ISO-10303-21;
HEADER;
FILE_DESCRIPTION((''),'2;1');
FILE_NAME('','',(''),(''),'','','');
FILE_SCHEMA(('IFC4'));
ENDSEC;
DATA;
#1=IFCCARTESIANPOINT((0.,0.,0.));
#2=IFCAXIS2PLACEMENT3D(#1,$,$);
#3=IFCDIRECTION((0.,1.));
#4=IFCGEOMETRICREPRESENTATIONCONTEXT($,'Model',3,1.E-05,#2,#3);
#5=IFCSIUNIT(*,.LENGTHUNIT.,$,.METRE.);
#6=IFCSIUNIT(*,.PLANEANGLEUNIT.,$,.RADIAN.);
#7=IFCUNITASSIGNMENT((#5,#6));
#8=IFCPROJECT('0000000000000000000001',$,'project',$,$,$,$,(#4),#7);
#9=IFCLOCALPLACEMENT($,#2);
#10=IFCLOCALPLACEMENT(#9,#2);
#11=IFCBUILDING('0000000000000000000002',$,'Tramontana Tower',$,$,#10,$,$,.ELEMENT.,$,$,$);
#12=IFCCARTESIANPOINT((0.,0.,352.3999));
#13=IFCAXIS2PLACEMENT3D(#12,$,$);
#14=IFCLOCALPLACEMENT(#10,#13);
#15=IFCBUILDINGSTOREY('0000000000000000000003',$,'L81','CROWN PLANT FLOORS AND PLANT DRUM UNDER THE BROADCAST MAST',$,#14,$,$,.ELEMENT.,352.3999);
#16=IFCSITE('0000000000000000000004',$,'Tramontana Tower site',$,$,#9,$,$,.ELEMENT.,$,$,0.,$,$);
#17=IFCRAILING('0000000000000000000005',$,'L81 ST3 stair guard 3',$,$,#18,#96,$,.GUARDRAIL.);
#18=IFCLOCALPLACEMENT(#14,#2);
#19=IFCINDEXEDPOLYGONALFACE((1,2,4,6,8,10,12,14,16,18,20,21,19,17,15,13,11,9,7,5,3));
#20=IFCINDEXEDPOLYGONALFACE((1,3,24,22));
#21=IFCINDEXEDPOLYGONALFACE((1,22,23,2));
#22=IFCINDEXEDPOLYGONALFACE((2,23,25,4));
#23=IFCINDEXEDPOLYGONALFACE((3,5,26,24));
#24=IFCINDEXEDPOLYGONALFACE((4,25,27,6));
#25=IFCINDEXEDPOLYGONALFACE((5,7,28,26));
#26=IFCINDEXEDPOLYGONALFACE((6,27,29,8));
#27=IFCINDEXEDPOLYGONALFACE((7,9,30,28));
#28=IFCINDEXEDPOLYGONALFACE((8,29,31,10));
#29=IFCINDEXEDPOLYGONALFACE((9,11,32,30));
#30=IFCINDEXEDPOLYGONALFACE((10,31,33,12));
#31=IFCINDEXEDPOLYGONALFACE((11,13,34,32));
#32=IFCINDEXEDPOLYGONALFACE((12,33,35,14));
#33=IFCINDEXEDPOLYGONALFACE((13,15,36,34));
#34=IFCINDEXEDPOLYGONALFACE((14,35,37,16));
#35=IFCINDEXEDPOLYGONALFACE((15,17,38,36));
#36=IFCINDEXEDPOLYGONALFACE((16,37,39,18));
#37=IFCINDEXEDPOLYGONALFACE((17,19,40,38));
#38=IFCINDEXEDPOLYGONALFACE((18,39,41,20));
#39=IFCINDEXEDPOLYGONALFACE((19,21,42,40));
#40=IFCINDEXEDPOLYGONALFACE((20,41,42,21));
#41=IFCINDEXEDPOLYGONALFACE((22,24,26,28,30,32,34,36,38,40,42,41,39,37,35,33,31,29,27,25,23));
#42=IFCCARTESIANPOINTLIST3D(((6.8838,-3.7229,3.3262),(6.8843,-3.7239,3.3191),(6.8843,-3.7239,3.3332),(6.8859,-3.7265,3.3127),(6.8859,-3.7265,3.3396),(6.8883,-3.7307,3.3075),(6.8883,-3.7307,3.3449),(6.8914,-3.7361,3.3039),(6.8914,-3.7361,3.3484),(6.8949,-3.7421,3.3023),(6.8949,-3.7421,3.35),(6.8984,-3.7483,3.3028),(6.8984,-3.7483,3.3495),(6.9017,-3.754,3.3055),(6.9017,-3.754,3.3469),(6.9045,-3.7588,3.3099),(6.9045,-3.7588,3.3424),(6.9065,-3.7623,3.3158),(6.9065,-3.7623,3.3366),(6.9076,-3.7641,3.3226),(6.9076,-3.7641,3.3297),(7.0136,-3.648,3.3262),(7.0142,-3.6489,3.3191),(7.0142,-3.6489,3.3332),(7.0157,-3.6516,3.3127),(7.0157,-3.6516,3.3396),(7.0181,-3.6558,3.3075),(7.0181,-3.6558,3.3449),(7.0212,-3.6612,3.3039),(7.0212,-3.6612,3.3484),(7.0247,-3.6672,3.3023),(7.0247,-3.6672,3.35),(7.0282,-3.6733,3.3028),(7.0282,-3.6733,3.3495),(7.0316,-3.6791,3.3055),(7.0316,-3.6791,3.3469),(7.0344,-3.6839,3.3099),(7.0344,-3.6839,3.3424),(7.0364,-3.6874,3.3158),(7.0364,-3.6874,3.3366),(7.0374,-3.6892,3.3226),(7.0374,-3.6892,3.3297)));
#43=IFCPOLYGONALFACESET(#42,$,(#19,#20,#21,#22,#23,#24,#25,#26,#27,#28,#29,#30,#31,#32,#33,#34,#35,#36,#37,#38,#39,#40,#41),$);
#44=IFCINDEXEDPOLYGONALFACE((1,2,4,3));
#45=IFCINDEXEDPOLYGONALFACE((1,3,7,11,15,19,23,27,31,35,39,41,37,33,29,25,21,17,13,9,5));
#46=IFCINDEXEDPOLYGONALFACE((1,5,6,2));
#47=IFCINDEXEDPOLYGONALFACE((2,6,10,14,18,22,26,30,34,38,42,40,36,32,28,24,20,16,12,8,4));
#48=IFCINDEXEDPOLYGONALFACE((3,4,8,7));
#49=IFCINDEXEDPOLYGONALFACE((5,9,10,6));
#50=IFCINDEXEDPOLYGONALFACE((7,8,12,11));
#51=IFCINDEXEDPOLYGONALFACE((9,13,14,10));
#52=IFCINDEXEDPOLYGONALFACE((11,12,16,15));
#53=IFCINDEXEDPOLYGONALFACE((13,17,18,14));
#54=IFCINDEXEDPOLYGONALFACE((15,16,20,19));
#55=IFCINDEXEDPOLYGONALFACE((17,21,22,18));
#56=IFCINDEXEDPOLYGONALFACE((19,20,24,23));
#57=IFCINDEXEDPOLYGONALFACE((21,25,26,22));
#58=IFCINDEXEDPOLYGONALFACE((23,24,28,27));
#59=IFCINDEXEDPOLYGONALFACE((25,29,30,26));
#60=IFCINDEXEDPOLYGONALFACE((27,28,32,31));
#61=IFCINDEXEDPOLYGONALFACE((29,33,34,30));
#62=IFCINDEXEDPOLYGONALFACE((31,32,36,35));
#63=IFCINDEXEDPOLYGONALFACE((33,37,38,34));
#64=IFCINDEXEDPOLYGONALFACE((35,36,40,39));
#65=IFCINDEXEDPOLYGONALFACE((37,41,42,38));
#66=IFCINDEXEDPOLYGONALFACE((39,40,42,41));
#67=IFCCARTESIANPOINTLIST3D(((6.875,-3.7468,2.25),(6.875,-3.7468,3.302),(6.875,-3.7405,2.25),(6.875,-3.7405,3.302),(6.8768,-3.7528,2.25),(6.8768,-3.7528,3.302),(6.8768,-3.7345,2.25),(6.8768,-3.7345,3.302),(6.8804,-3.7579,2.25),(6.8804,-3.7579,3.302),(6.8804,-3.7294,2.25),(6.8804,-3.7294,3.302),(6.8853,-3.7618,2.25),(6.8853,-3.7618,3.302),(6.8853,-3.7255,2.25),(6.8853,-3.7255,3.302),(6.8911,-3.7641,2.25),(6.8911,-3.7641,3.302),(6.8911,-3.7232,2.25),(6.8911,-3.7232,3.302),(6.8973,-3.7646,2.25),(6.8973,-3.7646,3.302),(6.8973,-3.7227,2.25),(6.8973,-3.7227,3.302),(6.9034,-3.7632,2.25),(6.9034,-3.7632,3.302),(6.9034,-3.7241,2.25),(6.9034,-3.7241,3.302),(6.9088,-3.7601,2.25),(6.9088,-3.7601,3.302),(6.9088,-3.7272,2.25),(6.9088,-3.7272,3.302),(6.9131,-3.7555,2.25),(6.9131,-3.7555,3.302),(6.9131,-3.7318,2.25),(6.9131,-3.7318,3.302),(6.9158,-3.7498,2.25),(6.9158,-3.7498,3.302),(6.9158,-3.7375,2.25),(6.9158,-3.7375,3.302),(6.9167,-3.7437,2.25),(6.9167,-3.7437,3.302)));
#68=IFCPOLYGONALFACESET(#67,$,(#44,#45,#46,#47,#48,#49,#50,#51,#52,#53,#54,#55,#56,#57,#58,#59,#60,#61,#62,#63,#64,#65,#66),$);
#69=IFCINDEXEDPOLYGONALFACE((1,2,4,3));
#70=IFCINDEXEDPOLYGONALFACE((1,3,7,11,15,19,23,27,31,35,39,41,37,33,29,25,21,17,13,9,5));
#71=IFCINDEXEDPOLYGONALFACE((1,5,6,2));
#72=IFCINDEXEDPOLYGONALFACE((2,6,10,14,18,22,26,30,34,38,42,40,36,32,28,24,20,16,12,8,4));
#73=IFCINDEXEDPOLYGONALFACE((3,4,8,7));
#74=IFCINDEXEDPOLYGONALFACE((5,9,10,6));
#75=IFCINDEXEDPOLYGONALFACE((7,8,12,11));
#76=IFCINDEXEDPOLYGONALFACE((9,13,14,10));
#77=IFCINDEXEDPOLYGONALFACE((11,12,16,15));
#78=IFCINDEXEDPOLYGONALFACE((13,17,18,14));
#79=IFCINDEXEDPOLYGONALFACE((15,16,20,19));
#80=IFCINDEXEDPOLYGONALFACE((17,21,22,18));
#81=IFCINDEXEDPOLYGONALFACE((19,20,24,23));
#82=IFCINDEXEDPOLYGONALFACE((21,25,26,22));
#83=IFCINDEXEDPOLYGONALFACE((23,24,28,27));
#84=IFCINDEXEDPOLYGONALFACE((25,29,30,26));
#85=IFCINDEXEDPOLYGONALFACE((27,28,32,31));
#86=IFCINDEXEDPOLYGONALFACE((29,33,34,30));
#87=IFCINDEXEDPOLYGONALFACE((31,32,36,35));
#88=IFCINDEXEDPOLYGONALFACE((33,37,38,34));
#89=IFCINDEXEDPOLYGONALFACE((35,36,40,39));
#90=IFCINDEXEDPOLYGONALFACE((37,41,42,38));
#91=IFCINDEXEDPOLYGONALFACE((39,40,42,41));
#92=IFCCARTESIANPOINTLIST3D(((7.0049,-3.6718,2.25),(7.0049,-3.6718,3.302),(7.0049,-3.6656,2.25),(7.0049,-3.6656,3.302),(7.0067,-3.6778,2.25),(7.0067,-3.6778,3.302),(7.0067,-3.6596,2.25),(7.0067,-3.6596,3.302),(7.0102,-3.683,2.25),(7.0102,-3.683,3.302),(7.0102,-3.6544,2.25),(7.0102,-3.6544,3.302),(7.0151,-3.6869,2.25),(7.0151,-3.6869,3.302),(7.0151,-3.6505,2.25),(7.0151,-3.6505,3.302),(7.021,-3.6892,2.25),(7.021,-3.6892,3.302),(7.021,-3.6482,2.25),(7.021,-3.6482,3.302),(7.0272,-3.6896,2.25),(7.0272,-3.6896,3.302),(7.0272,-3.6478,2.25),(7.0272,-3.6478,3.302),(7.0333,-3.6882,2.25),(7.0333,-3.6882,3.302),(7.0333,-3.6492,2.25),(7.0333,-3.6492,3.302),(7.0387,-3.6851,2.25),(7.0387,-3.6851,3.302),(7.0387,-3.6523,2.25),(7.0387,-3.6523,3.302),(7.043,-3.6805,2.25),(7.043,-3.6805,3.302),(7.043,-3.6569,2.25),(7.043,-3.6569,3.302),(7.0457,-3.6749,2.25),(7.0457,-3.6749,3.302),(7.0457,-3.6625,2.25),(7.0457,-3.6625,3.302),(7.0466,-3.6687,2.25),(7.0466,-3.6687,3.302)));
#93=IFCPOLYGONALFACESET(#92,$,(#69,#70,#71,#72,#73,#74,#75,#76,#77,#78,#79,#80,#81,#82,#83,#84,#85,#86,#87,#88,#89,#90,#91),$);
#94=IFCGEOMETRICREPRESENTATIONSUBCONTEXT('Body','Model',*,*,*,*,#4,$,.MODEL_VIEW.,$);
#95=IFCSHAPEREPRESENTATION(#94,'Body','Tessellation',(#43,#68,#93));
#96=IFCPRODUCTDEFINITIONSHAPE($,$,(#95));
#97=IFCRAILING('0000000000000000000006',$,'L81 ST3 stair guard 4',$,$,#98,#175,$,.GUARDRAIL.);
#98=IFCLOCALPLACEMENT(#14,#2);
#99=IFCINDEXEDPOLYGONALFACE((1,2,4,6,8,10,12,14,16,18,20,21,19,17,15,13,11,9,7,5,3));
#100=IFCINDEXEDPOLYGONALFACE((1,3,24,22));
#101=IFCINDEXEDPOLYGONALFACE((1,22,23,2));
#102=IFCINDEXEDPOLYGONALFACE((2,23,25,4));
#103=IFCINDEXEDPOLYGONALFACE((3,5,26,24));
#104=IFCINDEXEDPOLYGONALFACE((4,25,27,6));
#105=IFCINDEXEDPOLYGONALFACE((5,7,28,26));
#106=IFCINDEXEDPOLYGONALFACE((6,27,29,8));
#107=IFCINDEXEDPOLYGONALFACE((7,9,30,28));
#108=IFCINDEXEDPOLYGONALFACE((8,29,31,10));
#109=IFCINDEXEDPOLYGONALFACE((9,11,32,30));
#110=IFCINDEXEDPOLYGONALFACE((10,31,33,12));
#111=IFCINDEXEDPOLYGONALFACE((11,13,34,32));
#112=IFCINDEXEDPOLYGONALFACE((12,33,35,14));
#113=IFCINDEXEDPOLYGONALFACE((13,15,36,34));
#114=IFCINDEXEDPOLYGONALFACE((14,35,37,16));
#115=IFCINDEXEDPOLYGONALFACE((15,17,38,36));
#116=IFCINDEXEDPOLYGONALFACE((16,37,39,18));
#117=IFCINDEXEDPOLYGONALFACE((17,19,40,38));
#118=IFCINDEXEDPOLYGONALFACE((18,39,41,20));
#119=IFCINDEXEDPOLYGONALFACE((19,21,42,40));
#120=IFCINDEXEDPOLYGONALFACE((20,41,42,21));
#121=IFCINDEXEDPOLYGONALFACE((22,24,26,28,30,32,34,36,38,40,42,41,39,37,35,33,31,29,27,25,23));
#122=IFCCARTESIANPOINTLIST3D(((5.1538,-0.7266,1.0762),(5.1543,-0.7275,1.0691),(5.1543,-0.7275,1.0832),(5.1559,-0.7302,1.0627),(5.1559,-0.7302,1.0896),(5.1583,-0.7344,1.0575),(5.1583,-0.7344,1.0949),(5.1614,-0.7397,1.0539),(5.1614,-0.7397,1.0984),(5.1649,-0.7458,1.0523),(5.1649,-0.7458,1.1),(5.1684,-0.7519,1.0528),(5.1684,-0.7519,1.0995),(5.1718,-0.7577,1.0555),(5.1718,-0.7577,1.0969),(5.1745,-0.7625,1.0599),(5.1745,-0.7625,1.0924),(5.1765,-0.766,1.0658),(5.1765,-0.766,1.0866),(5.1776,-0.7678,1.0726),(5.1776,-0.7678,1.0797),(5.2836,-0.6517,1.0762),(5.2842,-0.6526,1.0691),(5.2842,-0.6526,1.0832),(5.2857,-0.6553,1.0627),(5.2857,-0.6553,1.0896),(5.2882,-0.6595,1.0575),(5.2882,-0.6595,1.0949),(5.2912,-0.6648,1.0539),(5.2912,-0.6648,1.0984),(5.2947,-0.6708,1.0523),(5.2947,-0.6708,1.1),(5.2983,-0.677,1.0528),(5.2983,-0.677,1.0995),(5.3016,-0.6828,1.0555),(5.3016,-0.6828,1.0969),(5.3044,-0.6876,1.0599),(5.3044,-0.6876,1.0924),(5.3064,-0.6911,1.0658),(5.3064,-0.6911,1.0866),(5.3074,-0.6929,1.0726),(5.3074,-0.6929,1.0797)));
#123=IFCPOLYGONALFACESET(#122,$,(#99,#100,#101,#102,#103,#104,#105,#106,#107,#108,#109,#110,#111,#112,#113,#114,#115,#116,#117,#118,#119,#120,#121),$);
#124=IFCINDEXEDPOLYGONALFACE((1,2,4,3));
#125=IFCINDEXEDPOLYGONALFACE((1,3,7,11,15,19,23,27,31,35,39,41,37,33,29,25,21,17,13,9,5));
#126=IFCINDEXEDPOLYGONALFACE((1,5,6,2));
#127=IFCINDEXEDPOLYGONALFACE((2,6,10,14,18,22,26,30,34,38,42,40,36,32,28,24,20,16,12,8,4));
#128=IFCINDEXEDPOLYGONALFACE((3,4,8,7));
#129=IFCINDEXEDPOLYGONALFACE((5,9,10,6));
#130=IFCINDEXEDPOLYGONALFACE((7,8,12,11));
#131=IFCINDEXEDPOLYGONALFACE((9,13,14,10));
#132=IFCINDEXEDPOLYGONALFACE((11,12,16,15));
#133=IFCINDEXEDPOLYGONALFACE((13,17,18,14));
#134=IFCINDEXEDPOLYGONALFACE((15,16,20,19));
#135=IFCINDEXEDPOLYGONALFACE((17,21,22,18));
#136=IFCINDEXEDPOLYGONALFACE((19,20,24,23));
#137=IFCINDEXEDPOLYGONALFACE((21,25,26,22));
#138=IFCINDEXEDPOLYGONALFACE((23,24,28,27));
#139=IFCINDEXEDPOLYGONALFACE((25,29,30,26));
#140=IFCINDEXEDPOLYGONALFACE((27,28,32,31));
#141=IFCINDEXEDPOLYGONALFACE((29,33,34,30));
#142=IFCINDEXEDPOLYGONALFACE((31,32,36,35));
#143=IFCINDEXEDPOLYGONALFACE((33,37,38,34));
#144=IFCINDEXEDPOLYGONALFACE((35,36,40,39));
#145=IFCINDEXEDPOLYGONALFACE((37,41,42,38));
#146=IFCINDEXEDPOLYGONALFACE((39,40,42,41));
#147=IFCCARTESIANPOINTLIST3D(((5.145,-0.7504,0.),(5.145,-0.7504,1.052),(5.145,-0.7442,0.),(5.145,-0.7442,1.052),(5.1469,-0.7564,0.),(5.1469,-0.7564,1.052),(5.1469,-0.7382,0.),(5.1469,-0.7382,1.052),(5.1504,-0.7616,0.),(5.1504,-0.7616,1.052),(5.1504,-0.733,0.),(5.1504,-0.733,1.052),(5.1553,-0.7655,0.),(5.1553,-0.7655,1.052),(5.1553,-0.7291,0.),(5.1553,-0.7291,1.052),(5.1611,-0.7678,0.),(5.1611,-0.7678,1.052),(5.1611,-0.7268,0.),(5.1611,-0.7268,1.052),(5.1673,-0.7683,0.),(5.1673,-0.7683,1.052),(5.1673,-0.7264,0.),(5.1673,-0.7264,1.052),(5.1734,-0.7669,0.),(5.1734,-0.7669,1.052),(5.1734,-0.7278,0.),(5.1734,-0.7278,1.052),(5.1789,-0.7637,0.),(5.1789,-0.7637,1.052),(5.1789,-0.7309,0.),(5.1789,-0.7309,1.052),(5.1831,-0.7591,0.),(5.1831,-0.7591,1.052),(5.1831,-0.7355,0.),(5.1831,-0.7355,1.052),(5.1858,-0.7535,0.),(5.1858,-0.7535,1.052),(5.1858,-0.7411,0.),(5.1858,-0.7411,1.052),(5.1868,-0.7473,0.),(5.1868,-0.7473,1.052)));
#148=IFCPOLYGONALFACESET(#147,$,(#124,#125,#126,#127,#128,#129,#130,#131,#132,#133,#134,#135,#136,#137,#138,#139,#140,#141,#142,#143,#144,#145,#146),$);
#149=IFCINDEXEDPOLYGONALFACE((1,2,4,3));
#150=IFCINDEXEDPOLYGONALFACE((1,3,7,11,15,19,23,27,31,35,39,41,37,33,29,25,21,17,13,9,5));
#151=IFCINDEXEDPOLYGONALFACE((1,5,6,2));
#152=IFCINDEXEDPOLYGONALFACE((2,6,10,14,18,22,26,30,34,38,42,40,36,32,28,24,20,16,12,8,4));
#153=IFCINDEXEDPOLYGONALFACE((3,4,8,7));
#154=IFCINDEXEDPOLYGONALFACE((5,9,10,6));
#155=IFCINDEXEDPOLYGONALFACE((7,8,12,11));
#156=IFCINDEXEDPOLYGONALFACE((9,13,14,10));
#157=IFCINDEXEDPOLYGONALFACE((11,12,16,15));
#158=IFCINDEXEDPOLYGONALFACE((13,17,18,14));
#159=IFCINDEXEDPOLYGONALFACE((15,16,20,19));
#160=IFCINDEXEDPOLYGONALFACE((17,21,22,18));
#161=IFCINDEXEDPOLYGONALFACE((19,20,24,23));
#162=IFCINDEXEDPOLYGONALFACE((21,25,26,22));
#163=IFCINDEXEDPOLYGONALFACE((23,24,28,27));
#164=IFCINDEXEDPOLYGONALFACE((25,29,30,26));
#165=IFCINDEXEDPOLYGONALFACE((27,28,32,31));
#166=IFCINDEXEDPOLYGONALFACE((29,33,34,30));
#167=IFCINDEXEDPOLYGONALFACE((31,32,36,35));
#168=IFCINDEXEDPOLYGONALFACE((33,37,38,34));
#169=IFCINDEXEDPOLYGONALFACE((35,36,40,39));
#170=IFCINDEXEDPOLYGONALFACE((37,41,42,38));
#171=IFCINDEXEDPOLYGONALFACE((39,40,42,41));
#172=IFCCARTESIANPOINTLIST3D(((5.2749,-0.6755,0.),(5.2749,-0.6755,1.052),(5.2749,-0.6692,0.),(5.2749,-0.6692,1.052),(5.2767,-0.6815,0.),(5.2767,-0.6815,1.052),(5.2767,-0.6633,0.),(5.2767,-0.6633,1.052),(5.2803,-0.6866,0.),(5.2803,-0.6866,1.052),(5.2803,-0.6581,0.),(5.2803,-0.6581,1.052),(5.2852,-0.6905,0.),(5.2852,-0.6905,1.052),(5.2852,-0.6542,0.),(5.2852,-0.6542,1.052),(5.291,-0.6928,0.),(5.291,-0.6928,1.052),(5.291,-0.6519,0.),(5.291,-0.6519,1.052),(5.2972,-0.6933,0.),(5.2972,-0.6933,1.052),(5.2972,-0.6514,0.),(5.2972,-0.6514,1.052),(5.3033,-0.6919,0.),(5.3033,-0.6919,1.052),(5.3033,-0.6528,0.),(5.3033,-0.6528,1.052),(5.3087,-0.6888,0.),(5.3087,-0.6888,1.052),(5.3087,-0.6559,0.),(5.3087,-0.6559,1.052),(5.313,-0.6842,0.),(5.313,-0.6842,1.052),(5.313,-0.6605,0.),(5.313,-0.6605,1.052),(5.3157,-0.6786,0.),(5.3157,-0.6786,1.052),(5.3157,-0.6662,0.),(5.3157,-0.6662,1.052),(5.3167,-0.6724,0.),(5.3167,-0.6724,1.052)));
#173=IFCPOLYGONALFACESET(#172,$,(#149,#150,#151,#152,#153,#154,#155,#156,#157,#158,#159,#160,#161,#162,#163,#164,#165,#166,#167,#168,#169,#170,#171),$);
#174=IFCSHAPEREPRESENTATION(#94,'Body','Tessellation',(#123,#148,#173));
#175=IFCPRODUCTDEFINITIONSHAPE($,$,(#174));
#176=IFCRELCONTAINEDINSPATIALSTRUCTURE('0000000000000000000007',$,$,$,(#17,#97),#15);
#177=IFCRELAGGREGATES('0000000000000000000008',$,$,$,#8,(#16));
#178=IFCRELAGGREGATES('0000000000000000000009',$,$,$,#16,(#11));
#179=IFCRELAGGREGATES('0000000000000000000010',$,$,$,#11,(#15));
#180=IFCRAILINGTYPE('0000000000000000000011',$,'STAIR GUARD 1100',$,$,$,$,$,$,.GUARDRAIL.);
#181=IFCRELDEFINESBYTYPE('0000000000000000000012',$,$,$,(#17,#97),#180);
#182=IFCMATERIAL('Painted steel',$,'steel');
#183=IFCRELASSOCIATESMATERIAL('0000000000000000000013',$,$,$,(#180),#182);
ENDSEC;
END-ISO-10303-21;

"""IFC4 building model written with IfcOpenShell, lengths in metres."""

from ifc_helpers import new_model, si_unit, direction, frame, origin, origin_2d, place, context, subcontext, project, spatial, circle, extrude, material, type_object, element, save


model = new_model("IFC4")

# Units and contexts
model_context = context("Model", 3, precision=1e-05, world=origin(), true_north=direction((0.0, 1.0)))
body_context = subcontext(model_context, "Body", "Model", "MODEL_VIEW")
ifc_project = project(units=[si_unit("LENGTHUNIT", "METRE"), si_unit("PLANEANGLEUNIT", "RADIAN")], contexts=[model_context])

# Site, building, storey
site_placement = place(None, origin())
site = spatial("IfcSite", under=ifc_project, at=site_placement, Name="Tramontana Tower site", CompositionType="ELEMENT", RefElevation=0.0)
building_placement = place(site_placement, origin())
building = spatial("IfcBuilding", under=site, at=building_placement, Name="Tramontana Tower", CompositionType="ELEMENT")
storey_placement = place(building_placement, frame((0.0, 0.0, 352.3999)))
storey = spatial("IfcBuildingStorey", under=building, at=storey_placement, Name="L81", Description="CROWN PLANT FLOORS AND PLANT DRUM UNDER THE BROADCAST MAST", CompositionType="ELEMENT", Elevation=352.3999)

# Railings
ifc_material_1 = material(Name="Painted steel", Category="steel")
railing_type_1 = type_object("IfcRailingType", Name="STAIR GUARD 1100", PredefinedType="GUARDRAIL", material=ifc_material_1)
for number, where, name in (
    (1, (6.8958, -3.7437, 2.25), "L81 ST3 stair guard 3"),
    (2, (5.1658, -0.7473, 0.0), "L81 ST3 stair guard 4"),
):
    element("IfcRailing", number, at=place(storey_placement, frame(where)), inside=storey, type_object=railing_type_1, Name=name, PredefinedType="GUARDRAIL", context=body_context, shape_type="SweptSolid", body=[
        extrude(circle(Radius=0.0239, at=origin_2d()), frame((0.0, 0.0, 1.0762), z_axis=(0.866131, 0.499816, 0.0), x_axis=(-0.499816, 0.866131, 0.0)), (0.0, 0.0, 1.0), 0.1499),
        extrude(circle(Radius=0.021, at=origin_2d()), origin(), (0.0, 0.0, 1.0), 1.052),
        extrude(circle(Radius=0.021, at=origin_2d()), frame((0.1299, 0.075, 0.0)), (0.0, 0.0, 1.0), 1.052),
    ])

save(model, "model.ifc")
